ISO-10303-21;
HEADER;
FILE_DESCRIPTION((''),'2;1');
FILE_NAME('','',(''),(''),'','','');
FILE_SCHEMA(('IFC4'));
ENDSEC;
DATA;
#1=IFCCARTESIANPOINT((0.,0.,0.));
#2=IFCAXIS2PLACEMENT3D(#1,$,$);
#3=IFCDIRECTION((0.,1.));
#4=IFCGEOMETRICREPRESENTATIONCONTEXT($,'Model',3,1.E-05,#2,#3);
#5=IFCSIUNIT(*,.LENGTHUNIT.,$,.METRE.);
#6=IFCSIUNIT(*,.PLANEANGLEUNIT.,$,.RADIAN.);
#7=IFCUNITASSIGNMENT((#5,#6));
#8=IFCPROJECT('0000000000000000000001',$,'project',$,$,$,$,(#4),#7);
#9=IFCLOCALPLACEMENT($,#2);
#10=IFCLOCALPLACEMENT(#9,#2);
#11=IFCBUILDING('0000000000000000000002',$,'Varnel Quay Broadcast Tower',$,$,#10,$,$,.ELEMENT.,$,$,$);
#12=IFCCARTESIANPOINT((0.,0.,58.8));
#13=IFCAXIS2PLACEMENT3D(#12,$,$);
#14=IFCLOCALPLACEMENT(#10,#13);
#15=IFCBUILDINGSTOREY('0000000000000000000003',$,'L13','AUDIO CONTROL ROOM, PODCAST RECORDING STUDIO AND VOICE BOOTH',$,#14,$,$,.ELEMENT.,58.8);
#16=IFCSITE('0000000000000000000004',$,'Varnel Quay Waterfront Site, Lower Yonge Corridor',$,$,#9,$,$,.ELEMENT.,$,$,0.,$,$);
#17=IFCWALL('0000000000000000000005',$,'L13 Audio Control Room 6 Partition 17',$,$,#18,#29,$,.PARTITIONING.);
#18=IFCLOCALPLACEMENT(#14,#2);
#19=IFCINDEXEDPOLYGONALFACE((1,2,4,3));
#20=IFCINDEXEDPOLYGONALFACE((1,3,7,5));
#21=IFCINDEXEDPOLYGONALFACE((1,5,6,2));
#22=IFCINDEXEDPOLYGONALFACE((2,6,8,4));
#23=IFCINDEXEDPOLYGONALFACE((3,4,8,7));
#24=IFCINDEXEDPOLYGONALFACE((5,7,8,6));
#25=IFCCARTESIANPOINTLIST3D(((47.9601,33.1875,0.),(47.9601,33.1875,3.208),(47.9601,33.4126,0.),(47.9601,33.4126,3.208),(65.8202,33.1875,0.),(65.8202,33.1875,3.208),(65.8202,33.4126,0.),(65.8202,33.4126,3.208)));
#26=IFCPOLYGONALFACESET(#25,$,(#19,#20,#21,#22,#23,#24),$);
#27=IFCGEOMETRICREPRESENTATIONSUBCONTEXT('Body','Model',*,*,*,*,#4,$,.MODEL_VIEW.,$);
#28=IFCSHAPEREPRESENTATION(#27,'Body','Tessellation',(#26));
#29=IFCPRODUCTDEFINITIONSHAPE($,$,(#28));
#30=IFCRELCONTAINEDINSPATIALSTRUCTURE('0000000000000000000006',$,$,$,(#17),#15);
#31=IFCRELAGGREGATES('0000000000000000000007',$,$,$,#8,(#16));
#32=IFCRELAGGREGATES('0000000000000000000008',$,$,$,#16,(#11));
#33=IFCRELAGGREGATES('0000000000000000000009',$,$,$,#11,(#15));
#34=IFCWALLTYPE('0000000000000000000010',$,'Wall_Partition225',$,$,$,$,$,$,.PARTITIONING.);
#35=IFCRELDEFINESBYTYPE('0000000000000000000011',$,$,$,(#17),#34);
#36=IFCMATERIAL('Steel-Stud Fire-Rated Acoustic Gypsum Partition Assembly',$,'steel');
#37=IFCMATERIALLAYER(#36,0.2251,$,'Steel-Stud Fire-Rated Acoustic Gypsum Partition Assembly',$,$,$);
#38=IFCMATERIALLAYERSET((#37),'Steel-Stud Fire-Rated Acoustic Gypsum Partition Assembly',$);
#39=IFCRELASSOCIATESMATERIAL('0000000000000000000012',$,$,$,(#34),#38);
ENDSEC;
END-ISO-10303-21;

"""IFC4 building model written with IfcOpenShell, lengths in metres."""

from ifc_helpers import new_model, si_unit, direction, frame, frame_2d, origin, place, context, subcontext, project, spatial, rectangle, extrude, material, layer, layer_set, type_object, element, save


model = new_model("IFC4")

# Units and contexts
model_context = context("Model", 3, precision=1e-05, world=origin(), true_north=direction((0.0, 1.0)))
body_context = subcontext(model_context, "Body", "Model", "MODEL_VIEW")
ifc_project = project(units=[si_unit("LENGTHUNIT", "METRE"), si_unit("PLANEANGLEUNIT", "RADIAN")], contexts=[model_context])

# Site, building, storey
site_placement = place(None, origin())
site = spatial("IfcSite", under=ifc_project, at=site_placement, Name="Varnel Quay Waterfront Site, Lower Yonge Corridor", CompositionType="ELEMENT", RefElevation=0.0)
building_placement = place(site_placement, origin())
building = spatial("IfcBuilding", under=site, at=building_placement, Name="Varnel Quay Broadcast Tower", CompositionType="ELEMENT")
storey_placement = place(building_placement, frame((0.0, 0.0, 58.8)))
storey = spatial("IfcBuildingStorey", under=building, at=storey_placement, Name="L13", Description="AUDIO CONTROL ROOM, PODCAST RECORDING STUDIO AND VOICE BOOTH", CompositionType="ELEMENT", Elevation=58.8)

# Wall
ifc_material_1 = material(Name="Steel-Stud Fire-Rated Acoustic Gypsum Partition Assembly", Category="steel")
ifc_layer_1 = layer(ifc_material_1, 0.2251, Name="Steel-Stud Fire-Rated Acoustic Gypsum Partition Assembly")
ifc_layer_set_1 = layer_set([ifc_layer_1], Name="Steel-Stud Fire-Rated Acoustic Gypsum Partition Assembly")
wall_type_1 = type_object("IfcWallType", Name="Wall_Partition225", PredefinedType="PARTITIONING", material=ifc_layer_set_1)
wall_1_placement = place(storey_placement, frame((47.96, 33.3, 0.0), z_axis=(0.0, 0.0, 1.0), x_axis=(1.0, 0.0, 0.0)))
element("IfcWall", 1, at=wall_1_placement, inside=storey, type_object=wall_type_1, Name="L13 Audio Control Room 6 Partition 17", PredefinedType="PARTITIONING", context=body_context, shape_type="SweptSolid", body=[
    extrude(rectangle(XDim=17.8601, YDim=0.2251, at=frame_2d((8.9302, 0.0))), origin(), (0.0, 0.0, 1.0), 3.208),
])

save(model, "model.ifc")
